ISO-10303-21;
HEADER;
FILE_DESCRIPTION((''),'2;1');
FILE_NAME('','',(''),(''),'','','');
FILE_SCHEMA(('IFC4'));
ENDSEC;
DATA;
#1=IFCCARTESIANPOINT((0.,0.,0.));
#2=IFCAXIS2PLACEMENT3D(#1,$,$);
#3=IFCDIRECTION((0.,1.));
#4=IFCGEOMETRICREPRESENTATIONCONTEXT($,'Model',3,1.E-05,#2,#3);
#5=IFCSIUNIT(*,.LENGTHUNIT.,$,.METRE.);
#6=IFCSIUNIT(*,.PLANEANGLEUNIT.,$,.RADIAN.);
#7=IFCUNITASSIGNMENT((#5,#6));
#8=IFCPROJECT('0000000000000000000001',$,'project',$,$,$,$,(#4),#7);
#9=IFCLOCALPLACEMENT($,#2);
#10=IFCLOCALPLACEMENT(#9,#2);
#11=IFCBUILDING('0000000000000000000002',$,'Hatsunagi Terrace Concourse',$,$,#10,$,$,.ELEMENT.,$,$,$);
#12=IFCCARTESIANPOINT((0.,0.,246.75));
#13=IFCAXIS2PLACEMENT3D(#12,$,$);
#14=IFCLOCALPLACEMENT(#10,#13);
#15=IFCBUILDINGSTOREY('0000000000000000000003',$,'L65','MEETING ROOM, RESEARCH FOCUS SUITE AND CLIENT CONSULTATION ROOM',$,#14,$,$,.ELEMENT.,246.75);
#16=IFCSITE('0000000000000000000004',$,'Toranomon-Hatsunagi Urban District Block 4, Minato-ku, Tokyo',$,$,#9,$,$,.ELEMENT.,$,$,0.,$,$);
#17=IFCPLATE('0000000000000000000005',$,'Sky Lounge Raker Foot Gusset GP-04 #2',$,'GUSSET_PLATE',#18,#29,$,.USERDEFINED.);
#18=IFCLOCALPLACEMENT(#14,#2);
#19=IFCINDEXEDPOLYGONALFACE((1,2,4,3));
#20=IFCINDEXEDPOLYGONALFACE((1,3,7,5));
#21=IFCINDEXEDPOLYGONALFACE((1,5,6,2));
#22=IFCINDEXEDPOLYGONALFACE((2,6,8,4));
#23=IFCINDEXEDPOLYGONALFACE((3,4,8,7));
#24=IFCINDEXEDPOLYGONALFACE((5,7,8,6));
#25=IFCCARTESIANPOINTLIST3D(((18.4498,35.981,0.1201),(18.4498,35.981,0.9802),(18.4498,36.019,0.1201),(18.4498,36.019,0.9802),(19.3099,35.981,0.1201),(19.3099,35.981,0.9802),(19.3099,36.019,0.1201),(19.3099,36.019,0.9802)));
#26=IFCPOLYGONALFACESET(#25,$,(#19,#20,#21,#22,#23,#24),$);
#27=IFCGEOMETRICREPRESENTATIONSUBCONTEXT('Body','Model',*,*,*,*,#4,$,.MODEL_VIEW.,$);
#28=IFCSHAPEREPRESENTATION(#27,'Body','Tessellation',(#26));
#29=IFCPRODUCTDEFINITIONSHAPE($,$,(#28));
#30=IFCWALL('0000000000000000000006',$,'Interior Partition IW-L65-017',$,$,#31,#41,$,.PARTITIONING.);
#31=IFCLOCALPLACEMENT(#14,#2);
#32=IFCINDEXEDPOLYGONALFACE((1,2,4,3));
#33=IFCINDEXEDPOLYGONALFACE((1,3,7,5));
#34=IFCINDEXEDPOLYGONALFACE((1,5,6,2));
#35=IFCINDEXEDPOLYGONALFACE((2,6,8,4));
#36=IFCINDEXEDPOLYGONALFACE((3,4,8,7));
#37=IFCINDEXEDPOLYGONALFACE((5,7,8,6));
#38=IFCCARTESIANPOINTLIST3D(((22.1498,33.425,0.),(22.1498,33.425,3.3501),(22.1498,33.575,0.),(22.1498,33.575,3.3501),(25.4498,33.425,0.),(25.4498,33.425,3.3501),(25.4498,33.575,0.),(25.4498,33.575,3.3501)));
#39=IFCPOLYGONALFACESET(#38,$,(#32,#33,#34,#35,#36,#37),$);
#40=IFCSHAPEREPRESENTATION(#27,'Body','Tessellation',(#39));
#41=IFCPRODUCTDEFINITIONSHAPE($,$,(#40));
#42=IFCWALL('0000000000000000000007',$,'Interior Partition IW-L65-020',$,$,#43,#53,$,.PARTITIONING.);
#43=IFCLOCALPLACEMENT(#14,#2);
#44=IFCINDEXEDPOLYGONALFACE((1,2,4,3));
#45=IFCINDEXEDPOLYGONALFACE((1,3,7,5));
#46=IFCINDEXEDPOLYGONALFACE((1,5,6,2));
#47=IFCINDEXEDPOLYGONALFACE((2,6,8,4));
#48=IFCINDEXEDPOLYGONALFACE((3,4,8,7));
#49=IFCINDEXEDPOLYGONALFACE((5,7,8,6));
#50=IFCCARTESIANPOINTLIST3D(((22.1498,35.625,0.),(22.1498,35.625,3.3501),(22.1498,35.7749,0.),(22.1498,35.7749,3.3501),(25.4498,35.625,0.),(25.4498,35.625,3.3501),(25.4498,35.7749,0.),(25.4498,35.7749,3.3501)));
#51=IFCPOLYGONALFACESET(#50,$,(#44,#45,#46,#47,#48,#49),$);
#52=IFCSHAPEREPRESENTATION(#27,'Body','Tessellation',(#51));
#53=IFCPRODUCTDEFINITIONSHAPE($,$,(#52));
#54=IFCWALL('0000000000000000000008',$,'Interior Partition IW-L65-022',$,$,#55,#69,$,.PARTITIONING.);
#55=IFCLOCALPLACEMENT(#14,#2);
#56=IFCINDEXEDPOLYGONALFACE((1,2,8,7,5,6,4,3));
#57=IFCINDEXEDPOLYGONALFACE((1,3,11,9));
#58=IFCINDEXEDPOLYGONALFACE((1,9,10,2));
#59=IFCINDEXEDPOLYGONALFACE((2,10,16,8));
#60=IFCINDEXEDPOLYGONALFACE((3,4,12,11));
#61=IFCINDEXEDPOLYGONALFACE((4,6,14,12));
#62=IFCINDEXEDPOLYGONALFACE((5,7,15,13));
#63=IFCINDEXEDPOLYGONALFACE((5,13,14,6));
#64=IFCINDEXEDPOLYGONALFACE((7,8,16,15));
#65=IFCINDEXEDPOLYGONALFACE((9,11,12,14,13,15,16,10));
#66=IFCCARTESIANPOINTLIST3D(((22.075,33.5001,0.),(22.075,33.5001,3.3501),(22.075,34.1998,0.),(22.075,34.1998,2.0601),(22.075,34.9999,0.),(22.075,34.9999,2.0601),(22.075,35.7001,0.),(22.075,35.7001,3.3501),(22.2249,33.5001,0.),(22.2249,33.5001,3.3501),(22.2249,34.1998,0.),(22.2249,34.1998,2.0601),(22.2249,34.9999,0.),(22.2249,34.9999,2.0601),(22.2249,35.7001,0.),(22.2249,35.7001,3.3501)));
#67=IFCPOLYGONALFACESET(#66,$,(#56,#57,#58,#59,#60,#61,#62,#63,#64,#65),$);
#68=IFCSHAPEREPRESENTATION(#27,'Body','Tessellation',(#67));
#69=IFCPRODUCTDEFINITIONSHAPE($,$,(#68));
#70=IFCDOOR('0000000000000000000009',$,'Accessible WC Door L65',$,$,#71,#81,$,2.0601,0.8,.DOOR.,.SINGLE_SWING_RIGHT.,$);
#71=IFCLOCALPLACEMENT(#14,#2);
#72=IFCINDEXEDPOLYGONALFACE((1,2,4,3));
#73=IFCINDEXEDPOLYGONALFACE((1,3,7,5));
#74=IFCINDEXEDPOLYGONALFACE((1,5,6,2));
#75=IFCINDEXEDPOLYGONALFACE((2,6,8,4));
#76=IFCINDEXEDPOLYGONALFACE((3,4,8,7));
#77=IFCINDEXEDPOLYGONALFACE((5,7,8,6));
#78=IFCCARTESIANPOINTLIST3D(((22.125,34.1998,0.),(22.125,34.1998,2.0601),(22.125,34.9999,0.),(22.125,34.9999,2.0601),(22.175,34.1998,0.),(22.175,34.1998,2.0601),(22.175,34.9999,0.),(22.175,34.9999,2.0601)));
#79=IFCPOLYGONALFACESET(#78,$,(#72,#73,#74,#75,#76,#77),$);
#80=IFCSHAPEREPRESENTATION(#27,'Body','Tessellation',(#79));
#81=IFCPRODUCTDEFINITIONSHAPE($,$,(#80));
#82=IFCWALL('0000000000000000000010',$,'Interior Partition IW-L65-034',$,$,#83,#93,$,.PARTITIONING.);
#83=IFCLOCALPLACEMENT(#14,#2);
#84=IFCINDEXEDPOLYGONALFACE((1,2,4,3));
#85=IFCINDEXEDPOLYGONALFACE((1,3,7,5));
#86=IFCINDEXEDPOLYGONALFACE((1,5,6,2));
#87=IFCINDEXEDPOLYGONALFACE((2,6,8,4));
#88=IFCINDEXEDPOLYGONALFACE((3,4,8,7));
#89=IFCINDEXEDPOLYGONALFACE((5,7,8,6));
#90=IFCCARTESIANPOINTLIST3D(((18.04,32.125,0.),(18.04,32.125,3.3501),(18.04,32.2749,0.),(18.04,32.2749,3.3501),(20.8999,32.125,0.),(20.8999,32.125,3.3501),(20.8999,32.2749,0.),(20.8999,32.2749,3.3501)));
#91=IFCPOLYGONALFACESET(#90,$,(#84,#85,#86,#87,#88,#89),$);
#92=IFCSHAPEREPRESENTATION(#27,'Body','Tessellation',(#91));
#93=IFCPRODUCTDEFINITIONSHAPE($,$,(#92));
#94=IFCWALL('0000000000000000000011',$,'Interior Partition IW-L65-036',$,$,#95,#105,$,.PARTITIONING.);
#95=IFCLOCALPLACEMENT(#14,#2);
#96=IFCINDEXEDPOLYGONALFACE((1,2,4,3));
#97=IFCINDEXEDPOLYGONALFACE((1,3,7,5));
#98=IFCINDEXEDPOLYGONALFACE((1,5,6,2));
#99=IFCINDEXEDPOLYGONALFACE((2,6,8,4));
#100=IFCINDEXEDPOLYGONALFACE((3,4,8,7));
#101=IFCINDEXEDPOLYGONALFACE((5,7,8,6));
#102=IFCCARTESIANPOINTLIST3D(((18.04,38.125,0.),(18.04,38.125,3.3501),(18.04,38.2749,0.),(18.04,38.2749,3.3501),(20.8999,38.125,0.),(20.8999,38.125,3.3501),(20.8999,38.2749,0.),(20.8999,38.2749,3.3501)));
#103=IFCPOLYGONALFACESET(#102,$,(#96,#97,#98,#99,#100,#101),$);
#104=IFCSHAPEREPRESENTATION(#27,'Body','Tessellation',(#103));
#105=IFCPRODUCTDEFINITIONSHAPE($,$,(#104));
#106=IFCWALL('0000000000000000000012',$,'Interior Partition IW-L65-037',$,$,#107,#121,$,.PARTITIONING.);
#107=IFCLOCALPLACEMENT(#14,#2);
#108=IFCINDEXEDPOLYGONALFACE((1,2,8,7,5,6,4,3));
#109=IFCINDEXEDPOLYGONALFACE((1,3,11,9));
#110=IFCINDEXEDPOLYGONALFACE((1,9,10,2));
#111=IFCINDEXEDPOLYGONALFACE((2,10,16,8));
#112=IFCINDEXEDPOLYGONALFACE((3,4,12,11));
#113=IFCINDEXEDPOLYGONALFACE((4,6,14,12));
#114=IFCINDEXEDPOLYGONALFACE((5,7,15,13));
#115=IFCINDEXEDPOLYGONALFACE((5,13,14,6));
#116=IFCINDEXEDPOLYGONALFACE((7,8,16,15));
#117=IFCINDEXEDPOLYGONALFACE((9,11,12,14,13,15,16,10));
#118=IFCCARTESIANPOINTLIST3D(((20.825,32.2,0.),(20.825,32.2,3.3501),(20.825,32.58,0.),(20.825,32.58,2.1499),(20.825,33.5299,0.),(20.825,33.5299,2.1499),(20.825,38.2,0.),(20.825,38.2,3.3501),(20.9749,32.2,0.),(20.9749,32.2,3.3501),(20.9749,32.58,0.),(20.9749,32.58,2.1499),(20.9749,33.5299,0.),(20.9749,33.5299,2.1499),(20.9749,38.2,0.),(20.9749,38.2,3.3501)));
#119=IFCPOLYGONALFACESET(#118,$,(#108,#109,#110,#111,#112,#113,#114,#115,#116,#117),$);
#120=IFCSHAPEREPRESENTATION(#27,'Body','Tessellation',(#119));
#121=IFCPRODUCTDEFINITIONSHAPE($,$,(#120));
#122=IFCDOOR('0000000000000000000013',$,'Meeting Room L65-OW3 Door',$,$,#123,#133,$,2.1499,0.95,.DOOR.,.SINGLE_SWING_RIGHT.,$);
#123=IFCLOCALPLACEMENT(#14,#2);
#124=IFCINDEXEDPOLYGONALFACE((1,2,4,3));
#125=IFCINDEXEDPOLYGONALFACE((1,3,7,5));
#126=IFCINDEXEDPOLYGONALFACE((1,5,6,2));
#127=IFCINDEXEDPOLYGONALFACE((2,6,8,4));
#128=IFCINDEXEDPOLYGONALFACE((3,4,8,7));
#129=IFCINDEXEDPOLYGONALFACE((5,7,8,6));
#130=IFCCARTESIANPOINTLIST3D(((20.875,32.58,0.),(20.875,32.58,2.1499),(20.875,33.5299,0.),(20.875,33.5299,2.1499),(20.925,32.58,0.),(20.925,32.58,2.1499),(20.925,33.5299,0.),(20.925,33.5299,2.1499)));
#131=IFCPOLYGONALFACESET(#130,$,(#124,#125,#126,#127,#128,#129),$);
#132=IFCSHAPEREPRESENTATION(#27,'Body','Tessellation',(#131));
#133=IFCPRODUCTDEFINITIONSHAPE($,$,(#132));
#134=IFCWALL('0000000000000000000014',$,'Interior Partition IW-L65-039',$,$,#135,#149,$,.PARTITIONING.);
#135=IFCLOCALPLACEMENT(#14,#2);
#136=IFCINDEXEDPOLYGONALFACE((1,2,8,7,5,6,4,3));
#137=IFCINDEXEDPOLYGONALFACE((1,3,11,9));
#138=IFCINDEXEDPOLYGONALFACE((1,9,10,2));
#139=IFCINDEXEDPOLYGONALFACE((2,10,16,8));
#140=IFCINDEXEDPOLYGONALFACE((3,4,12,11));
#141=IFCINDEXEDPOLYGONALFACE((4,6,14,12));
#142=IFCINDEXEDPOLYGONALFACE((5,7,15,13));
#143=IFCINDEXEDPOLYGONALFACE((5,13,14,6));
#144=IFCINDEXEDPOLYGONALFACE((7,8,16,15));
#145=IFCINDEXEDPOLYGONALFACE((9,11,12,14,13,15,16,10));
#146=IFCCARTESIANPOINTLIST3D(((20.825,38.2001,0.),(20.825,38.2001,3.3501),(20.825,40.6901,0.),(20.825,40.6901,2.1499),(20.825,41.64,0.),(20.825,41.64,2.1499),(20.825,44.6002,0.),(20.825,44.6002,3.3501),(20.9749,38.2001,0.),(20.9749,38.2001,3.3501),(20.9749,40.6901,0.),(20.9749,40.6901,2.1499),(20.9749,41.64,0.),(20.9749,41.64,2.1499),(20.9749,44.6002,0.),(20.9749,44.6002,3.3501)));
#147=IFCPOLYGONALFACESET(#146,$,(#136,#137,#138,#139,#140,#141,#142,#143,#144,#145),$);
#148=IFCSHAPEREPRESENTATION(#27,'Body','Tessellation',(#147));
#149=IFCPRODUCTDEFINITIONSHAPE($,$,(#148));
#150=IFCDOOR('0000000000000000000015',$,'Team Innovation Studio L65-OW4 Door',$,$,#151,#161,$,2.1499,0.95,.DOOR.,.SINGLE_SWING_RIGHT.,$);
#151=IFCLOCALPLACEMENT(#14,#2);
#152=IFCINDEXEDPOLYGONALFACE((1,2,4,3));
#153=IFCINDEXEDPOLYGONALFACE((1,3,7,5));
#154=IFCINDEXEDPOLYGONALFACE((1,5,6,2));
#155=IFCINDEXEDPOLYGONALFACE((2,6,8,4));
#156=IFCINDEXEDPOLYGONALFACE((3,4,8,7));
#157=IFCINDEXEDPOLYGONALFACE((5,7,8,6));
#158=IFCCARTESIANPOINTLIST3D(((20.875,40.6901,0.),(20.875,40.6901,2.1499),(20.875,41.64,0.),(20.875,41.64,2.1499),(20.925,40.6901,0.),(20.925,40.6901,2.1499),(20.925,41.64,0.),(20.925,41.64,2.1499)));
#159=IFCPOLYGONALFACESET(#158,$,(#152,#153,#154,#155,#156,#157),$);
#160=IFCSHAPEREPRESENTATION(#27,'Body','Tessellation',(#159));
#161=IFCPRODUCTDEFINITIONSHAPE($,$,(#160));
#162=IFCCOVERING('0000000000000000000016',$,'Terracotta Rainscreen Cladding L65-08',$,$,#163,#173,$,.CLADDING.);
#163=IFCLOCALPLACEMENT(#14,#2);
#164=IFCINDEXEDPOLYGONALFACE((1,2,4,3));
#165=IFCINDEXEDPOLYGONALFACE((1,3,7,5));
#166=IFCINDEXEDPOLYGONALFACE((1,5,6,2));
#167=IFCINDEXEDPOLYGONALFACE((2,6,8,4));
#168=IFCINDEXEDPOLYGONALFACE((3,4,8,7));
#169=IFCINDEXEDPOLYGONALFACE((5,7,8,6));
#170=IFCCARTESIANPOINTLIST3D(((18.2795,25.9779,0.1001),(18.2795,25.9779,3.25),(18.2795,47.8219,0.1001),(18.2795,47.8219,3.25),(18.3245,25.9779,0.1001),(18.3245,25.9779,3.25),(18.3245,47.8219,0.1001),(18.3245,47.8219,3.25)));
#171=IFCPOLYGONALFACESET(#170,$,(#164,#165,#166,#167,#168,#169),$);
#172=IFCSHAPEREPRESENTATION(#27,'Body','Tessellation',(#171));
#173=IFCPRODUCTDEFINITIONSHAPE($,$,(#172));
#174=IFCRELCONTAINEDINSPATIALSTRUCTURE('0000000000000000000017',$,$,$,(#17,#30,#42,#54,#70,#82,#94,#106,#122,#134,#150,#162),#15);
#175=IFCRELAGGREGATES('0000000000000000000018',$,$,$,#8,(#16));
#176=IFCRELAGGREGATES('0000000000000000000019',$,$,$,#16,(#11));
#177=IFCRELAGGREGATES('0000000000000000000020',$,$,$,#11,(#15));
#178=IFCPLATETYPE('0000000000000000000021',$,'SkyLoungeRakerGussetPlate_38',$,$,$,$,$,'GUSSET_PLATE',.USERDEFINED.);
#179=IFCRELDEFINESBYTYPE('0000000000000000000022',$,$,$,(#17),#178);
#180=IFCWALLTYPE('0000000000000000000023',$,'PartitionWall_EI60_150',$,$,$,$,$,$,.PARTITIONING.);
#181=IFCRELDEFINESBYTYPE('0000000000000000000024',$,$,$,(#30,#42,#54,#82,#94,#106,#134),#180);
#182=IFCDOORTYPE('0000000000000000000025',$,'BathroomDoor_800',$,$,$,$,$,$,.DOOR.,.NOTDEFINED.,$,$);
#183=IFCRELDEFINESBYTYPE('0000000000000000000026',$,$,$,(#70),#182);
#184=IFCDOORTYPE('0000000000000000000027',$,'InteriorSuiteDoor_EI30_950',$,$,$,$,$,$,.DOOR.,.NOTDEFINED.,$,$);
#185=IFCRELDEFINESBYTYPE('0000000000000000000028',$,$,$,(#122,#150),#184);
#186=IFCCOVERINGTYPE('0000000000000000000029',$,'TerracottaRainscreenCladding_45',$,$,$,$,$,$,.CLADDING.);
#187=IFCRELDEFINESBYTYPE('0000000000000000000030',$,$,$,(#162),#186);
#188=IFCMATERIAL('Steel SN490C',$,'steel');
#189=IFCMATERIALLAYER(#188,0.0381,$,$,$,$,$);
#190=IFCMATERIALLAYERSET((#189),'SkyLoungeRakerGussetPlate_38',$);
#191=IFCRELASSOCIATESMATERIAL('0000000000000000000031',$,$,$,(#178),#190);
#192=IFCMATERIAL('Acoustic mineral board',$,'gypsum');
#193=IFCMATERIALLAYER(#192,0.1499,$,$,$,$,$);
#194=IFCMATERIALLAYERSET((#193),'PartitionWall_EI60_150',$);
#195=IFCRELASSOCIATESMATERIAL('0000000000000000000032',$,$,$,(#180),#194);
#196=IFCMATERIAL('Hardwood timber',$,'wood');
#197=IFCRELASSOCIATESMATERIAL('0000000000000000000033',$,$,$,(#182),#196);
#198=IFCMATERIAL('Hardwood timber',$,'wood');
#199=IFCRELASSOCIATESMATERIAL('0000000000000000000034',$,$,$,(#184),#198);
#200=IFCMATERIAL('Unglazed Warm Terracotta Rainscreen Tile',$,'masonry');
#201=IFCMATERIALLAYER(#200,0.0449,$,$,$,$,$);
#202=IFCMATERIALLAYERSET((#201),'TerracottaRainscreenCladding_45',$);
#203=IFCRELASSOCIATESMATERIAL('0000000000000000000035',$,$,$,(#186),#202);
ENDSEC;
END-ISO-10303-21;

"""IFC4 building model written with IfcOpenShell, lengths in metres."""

from ifc_helpers import new_model, si_unit, direction, frame, frame_2d, origin, origin_2d, place, context, subcontext, project, spatial, rectangle, extrude, material, layer, layer_set, type_object, element, fill, save


model = new_model("IFC4")

# Units and contexts
model_context = context("Model", 3, precision=1e-05, world=origin(), true_north=direction((0.0, 1.0)))
body_context = subcontext(model_context, "Body", "Model", "MODEL_VIEW")
ifc_project = project(units=[si_unit("LENGTHUNIT", "METRE"), si_unit("PLANEANGLEUNIT", "RADIAN")], contexts=[model_context])

# Site, building, storey
site_placement = place(None, origin())
site = spatial("IfcSite", under=ifc_project, at=site_placement, Name="Toranomon-Hatsunagi Urban District Block 4, Minato-ku, Tokyo", CompositionType="ELEMENT", RefElevation=0.0)
building_placement = place(site_placement, origin())
building = spatial("IfcBuilding", under=site, at=building_placement, Name="Hatsunagi Terrace Concourse", CompositionType="ELEMENT")
storey_placement = place(building_placement, frame((0.0, 0.0, 246.75)))
storey = spatial("IfcBuildingStorey", under=building, at=storey_placement, Name="L65", Description="MEETING ROOM, RESEARCH FOCUS SUITE AND CLIENT CONSULTATION ROOM", CompositionType="ELEMENT", Elevation=246.75)

# Plate
ifc_material_1 = material(Name="Steel SN490C", Category="steel")
ifc_layer_1 = layer(ifc_material_1, 0.0381)
ifc_layer_set_1 = layer_set([ifc_layer_1], Name="SkyLoungeRakerGussetPlate_38")
plate_type = type_object("IfcPlateType", Name="SkyLoungeRakerGussetPlate_38", ElementType="GUSSET_PLATE", PredefinedType="USERDEFINED", material=ifc_layer_set_1)
plate_placement = place(storey_placement, frame((18.8799, 36.0, 0.1201), z_axis=(0.0, 0.0, 1.0), x_axis=(1.0, 0.0, 0.0)))
element("IfcPlate", 1, at=plate_placement, inside=storey, type_object=plate_type, Name="Sky Lounge Raker Foot Gusset GP-04 #2", ObjectType="GUSSET_PLATE", PredefinedType="USERDEFINED", context=body_context, shape_type="SweptSolid", body=[
    extrude(rectangle(XDim=0.8601, YDim=0.0381, at=origin_2d()), origin(), (0.0, 0.0, 1.0), 0.8601),
])

# Walls
ifc_material_2 = material(Name="Acoustic mineral board", Category="gypsum")
ifc_layer_2 = layer(ifc_material_2, 0.1499)
ifc_layer_set_2 = layer_set([ifc_layer_2], Name="PartitionWall_EI60_150")
wall_type = type_object("IfcWallType", Name="PartitionWall_EI60_150", PredefinedType="PARTITIONING", material=ifc_layer_set_2)
for number, where, z_axis, x_axis, name in (
    (2, (22.1499, 33.5, 0.0), (0.0, 0.0, 1.0), (1.0, 0.0, 0.0), "Interior Partition IW-L65-017"),
    (3, (22.1499, 35.7, 0.0), (0.0, 0.0, 1.0), (1.0, 0.0, 0.0), "Interior Partition IW-L65-020"),
):
    element("IfcWall", number, at=place(storey_placement, frame(where, z_axis=z_axis, x_axis=x_axis)), inside=storey, type_object=wall_type, Name=name, PredefinedType="PARTITIONING", context=body_context, shape_type="SweptSolid", body=[
        extrude(rectangle(XDim=3.3, YDim=0.1499, at=frame_2d((1.6499, 0.0))), origin(), (0.0, 0.0, 1.0), 3.3501),
    ])

# Wall, opening, door
wall_1_placement = place(storey_placement, frame((22.1499, 33.5, 0.0), z_axis=(0.0, 0.0, 1.0), x_axis=(0.0, 1.0, 0.0)))
wall_1 = element("IfcWall", 4, at=wall_1_placement, inside=storey, type_object=wall_type, Name="Interior Partition IW-L65-022", PredefinedType="PARTITIONING", context=body_context, shape_type="SweptSolid", body=[
    extrude(rectangle(XDim=2.2, YDim=0.1499, at=frame_2d((1.1001, 0.0))), origin(), (0.0, 0.0, 1.0), 3.3501),
])
opening_1_placement = place(wall_1_placement, frame((0.7, 0.0, 0.0)))
opening_1 = element("IfcOpeningElement", 5, at=opening_1_placement, cuts=wall_1, PredefinedType="OPENING", context=body_context, shape_type="SweptSolid", body=[
    extrude(rectangle(XDim=0.8, YDim=2.0601, at=frame_2d((0.3999, 1.03))), frame((0.0, 0.085, 0.0), z_axis=(0.0, -1.0, 0.0), x_axis=(1.0, 0.0, 0.0)), (0.0, 0.0, 1.0), 0.1699),
])
ifc_material_3 = material(Name="Hardwood timber", Category="wood")
door_type_1 = type_object("IfcDoorType", Name="BathroomDoor_800", OperationType="NOTDEFINED", PredefinedType="DOOR", material=ifc_material_3)
door_1_placement = place(opening_1_placement, origin())
door_1 = element("IfcDoor", 6, at=door_1_placement, inside=storey, type_object=door_type_1, Name="Accessible WC Door L65", OperationType="SINGLE_SWING_RIGHT", OverallHeight=2.0601, OverallWidth=0.8, PredefinedType="DOOR", context=body_context, shape_type="SweptSolid", body=[
    extrude(rectangle(XDim=0.8, YDim=2.0601, at=frame_2d((0.3999, 1.03))), frame((0.0, 0.0249, 0.0), z_axis=(0.0, -1.0, 0.0), x_axis=(1.0, 0.0, 0.0)), (0.0, 0.0, 1.0), 0.05),
])
fill(opening_1, door_1)

# Walls
for number, where, z_axis, x_axis, name in (
    (7, (18.04, 32.2, 0.0), (0.0, 0.0, 1.0), (1.0, 0.0, 0.0), "Interior Partition IW-L65-034"),
    (8, (18.04, 38.2, 0.0), (0.0, 0.0, 1.0), (1.0, 0.0, 0.0), "Interior Partition IW-L65-036"),
):
    element("IfcWall", number, at=place(storey_placement, frame(where, z_axis=z_axis, x_axis=x_axis)), inside=storey, type_object=wall_type, Name=name, PredefinedType="PARTITIONING", context=body_context, shape_type="SweptSolid", body=[
        extrude(rectangle(XDim=2.8599, YDim=0.1499, at=frame_2d((1.4299, 0.0))), origin(), (0.0, 0.0, 1.0), 3.3501),
    ])

# Walls, openings, doors
wall_2_placement = place(storey_placement, frame((20.8999, 32.2, 0.0), z_axis=(0.0, 0.0, 1.0), x_axis=(0.0, 1.0, 0.0)))
wall_2 = element("IfcWall", 9, at=wall_2_placement, inside=storey, type_object=wall_type, Name="Interior Partition IW-L65-037", PredefinedType="PARTITIONING", context=body_context, shape_type="SweptSolid", body=[
    extrude(rectangle(XDim=6.0, YDim=0.1499, at=frame_2d((3.0, 0.0))), origin(), (0.0, 0.0, 1.0), 3.3501),
])
opening_2_placement = place(wall_2_placement, frame((0.3799, 0.0, 0.0)))
opening_2 = element("IfcOpeningElement", 10, at=opening_2_placement, cuts=wall_2, PredefinedType="OPENING", context=body_context, shape_type="SweptSolid", body=[
    extrude(rectangle(XDim=0.95, YDim=2.1499, at=frame_2d((0.4751, 1.075))), frame((0.0, 0.085, 0.0), z_axis=(0.0, -1.0, 0.0), x_axis=(1.0, 0.0, 0.0)), (0.0, 0.0, 1.0), 0.1699),
])
ifc_material_4 = material(Name="Hardwood timber", Category="wood")
door_type_2 = type_object("IfcDoorType", Name="InteriorSuiteDoor_EI30_950", OperationType="NOTDEFINED", PredefinedType="DOOR", material=ifc_material_4)
door_2_placement = place(opening_2_placement, origin())
door_2 = element("IfcDoor", 11, at=door_2_placement, inside=storey, type_object=door_type_2, Name="Meeting Room L65-OW3 Door", OperationType="SINGLE_SWING_RIGHT", OverallHeight=2.1499, OverallWidth=0.95, PredefinedType="DOOR", context=body_context, shape_type="SweptSolid", body=[
    extrude(rectangle(XDim=0.95, YDim=2.1499, at=frame_2d((0.4751, 1.075))), frame((0.0, 0.0249, 0.0), z_axis=(0.0, -1.0, 0.0), x_axis=(1.0, 0.0, 0.0)), (0.0, 0.0, 1.0), 0.05),
])
fill(opening_2, door_2)
wall_3_placement = place(storey_placement, frame((20.8999, 38.2, 0.0), z_axis=(0.0, 0.0, 1.0), x_axis=(0.0, 1.0, 0.0)))
wall_3 = element("IfcWall", 12, at=wall_3_placement, inside=storey, type_object=wall_type, Name="Interior Partition IW-L65-039", PredefinedType="PARTITIONING", context=body_context, shape_type="SweptSolid", body=[
    extrude(rectangle(XDim=6.4001, YDim=0.1499, at=frame_2d((3.2002, 0.0))), origin(), (0.0, 0.0, 1.0), 3.3501),
])
opening_3_placement = place(wall_3_placement, frame((2.49, 0.0, 0.0)))
opening_3 = element("IfcOpeningElement", 13, at=opening_3_placement, cuts=wall_3, PredefinedType="OPENING", context=body_context, shape_type="SweptSolid", body=[
    extrude(rectangle(XDim=0.95, YDim=2.1499, at=frame_2d((0.4751, 1.075))), frame((0.0, 0.085, 0.0), z_axis=(0.0, -1.0, 0.0), x_axis=(1.0, 0.0, 0.0)), (0.0, 0.0, 1.0), 0.1699),
])
door_3_placement = place(opening_3_placement, origin())
door_3 = element("IfcDoor", 14, at=door_3_placement, inside=storey, type_object=door_type_2, Name="Team Innovation Studio L65-OW4 Door", OperationType="SINGLE_SWING_RIGHT", OverallHeight=2.1499, OverallWidth=0.95, PredefinedType="DOOR", context=body_context, shape_type="SweptSolid", body=[
    extrude(rectangle(XDim=0.95, YDim=2.1499, at=frame_2d((0.4751, 1.075))), frame((0.0, 0.0249, 0.0), z_axis=(0.0, -1.0, 0.0), x_axis=(1.0, 0.0, 0.0)), (0.0, 0.0, 1.0), 0.05),
])
fill(opening_3, door_3)

# Covering
ifc_material_5 = material(Name="Unglazed Warm Terracotta Rainscreen Tile", Category="masonry")
ifc_layer_3 = layer(ifc_material_5, 0.0449)
ifc_layer_set_3 = layer_set([ifc_layer_3], Name="TerracottaRainscreenCladding_45")
covering_type = type_object("IfcCoveringType", Name="TerracottaRainscreenCladding_45", PredefinedType="CLADDING", material=ifc_layer_set_3)
covering_placement = place(storey_placement, frame((18.302, 36.8999, 0.1001), z_axis=(0.0, 0.0, 1.0), x_axis=(0.0, 1.0, 0.0)))
element("IfcCovering", 15, at=covering_placement, inside=storey, type_object=covering_type, Name="Terracotta Rainscreen Cladding L65-08", PredefinedType="CLADDING", context=body_context, shape_type="SweptSolid", body=[
    extrude(rectangle(XDim=21.844, YDim=0.0449, at=origin_2d()), origin(), (0.0, 0.0, 1.0), 3.1499),
])

save(model, "model.ifc")
